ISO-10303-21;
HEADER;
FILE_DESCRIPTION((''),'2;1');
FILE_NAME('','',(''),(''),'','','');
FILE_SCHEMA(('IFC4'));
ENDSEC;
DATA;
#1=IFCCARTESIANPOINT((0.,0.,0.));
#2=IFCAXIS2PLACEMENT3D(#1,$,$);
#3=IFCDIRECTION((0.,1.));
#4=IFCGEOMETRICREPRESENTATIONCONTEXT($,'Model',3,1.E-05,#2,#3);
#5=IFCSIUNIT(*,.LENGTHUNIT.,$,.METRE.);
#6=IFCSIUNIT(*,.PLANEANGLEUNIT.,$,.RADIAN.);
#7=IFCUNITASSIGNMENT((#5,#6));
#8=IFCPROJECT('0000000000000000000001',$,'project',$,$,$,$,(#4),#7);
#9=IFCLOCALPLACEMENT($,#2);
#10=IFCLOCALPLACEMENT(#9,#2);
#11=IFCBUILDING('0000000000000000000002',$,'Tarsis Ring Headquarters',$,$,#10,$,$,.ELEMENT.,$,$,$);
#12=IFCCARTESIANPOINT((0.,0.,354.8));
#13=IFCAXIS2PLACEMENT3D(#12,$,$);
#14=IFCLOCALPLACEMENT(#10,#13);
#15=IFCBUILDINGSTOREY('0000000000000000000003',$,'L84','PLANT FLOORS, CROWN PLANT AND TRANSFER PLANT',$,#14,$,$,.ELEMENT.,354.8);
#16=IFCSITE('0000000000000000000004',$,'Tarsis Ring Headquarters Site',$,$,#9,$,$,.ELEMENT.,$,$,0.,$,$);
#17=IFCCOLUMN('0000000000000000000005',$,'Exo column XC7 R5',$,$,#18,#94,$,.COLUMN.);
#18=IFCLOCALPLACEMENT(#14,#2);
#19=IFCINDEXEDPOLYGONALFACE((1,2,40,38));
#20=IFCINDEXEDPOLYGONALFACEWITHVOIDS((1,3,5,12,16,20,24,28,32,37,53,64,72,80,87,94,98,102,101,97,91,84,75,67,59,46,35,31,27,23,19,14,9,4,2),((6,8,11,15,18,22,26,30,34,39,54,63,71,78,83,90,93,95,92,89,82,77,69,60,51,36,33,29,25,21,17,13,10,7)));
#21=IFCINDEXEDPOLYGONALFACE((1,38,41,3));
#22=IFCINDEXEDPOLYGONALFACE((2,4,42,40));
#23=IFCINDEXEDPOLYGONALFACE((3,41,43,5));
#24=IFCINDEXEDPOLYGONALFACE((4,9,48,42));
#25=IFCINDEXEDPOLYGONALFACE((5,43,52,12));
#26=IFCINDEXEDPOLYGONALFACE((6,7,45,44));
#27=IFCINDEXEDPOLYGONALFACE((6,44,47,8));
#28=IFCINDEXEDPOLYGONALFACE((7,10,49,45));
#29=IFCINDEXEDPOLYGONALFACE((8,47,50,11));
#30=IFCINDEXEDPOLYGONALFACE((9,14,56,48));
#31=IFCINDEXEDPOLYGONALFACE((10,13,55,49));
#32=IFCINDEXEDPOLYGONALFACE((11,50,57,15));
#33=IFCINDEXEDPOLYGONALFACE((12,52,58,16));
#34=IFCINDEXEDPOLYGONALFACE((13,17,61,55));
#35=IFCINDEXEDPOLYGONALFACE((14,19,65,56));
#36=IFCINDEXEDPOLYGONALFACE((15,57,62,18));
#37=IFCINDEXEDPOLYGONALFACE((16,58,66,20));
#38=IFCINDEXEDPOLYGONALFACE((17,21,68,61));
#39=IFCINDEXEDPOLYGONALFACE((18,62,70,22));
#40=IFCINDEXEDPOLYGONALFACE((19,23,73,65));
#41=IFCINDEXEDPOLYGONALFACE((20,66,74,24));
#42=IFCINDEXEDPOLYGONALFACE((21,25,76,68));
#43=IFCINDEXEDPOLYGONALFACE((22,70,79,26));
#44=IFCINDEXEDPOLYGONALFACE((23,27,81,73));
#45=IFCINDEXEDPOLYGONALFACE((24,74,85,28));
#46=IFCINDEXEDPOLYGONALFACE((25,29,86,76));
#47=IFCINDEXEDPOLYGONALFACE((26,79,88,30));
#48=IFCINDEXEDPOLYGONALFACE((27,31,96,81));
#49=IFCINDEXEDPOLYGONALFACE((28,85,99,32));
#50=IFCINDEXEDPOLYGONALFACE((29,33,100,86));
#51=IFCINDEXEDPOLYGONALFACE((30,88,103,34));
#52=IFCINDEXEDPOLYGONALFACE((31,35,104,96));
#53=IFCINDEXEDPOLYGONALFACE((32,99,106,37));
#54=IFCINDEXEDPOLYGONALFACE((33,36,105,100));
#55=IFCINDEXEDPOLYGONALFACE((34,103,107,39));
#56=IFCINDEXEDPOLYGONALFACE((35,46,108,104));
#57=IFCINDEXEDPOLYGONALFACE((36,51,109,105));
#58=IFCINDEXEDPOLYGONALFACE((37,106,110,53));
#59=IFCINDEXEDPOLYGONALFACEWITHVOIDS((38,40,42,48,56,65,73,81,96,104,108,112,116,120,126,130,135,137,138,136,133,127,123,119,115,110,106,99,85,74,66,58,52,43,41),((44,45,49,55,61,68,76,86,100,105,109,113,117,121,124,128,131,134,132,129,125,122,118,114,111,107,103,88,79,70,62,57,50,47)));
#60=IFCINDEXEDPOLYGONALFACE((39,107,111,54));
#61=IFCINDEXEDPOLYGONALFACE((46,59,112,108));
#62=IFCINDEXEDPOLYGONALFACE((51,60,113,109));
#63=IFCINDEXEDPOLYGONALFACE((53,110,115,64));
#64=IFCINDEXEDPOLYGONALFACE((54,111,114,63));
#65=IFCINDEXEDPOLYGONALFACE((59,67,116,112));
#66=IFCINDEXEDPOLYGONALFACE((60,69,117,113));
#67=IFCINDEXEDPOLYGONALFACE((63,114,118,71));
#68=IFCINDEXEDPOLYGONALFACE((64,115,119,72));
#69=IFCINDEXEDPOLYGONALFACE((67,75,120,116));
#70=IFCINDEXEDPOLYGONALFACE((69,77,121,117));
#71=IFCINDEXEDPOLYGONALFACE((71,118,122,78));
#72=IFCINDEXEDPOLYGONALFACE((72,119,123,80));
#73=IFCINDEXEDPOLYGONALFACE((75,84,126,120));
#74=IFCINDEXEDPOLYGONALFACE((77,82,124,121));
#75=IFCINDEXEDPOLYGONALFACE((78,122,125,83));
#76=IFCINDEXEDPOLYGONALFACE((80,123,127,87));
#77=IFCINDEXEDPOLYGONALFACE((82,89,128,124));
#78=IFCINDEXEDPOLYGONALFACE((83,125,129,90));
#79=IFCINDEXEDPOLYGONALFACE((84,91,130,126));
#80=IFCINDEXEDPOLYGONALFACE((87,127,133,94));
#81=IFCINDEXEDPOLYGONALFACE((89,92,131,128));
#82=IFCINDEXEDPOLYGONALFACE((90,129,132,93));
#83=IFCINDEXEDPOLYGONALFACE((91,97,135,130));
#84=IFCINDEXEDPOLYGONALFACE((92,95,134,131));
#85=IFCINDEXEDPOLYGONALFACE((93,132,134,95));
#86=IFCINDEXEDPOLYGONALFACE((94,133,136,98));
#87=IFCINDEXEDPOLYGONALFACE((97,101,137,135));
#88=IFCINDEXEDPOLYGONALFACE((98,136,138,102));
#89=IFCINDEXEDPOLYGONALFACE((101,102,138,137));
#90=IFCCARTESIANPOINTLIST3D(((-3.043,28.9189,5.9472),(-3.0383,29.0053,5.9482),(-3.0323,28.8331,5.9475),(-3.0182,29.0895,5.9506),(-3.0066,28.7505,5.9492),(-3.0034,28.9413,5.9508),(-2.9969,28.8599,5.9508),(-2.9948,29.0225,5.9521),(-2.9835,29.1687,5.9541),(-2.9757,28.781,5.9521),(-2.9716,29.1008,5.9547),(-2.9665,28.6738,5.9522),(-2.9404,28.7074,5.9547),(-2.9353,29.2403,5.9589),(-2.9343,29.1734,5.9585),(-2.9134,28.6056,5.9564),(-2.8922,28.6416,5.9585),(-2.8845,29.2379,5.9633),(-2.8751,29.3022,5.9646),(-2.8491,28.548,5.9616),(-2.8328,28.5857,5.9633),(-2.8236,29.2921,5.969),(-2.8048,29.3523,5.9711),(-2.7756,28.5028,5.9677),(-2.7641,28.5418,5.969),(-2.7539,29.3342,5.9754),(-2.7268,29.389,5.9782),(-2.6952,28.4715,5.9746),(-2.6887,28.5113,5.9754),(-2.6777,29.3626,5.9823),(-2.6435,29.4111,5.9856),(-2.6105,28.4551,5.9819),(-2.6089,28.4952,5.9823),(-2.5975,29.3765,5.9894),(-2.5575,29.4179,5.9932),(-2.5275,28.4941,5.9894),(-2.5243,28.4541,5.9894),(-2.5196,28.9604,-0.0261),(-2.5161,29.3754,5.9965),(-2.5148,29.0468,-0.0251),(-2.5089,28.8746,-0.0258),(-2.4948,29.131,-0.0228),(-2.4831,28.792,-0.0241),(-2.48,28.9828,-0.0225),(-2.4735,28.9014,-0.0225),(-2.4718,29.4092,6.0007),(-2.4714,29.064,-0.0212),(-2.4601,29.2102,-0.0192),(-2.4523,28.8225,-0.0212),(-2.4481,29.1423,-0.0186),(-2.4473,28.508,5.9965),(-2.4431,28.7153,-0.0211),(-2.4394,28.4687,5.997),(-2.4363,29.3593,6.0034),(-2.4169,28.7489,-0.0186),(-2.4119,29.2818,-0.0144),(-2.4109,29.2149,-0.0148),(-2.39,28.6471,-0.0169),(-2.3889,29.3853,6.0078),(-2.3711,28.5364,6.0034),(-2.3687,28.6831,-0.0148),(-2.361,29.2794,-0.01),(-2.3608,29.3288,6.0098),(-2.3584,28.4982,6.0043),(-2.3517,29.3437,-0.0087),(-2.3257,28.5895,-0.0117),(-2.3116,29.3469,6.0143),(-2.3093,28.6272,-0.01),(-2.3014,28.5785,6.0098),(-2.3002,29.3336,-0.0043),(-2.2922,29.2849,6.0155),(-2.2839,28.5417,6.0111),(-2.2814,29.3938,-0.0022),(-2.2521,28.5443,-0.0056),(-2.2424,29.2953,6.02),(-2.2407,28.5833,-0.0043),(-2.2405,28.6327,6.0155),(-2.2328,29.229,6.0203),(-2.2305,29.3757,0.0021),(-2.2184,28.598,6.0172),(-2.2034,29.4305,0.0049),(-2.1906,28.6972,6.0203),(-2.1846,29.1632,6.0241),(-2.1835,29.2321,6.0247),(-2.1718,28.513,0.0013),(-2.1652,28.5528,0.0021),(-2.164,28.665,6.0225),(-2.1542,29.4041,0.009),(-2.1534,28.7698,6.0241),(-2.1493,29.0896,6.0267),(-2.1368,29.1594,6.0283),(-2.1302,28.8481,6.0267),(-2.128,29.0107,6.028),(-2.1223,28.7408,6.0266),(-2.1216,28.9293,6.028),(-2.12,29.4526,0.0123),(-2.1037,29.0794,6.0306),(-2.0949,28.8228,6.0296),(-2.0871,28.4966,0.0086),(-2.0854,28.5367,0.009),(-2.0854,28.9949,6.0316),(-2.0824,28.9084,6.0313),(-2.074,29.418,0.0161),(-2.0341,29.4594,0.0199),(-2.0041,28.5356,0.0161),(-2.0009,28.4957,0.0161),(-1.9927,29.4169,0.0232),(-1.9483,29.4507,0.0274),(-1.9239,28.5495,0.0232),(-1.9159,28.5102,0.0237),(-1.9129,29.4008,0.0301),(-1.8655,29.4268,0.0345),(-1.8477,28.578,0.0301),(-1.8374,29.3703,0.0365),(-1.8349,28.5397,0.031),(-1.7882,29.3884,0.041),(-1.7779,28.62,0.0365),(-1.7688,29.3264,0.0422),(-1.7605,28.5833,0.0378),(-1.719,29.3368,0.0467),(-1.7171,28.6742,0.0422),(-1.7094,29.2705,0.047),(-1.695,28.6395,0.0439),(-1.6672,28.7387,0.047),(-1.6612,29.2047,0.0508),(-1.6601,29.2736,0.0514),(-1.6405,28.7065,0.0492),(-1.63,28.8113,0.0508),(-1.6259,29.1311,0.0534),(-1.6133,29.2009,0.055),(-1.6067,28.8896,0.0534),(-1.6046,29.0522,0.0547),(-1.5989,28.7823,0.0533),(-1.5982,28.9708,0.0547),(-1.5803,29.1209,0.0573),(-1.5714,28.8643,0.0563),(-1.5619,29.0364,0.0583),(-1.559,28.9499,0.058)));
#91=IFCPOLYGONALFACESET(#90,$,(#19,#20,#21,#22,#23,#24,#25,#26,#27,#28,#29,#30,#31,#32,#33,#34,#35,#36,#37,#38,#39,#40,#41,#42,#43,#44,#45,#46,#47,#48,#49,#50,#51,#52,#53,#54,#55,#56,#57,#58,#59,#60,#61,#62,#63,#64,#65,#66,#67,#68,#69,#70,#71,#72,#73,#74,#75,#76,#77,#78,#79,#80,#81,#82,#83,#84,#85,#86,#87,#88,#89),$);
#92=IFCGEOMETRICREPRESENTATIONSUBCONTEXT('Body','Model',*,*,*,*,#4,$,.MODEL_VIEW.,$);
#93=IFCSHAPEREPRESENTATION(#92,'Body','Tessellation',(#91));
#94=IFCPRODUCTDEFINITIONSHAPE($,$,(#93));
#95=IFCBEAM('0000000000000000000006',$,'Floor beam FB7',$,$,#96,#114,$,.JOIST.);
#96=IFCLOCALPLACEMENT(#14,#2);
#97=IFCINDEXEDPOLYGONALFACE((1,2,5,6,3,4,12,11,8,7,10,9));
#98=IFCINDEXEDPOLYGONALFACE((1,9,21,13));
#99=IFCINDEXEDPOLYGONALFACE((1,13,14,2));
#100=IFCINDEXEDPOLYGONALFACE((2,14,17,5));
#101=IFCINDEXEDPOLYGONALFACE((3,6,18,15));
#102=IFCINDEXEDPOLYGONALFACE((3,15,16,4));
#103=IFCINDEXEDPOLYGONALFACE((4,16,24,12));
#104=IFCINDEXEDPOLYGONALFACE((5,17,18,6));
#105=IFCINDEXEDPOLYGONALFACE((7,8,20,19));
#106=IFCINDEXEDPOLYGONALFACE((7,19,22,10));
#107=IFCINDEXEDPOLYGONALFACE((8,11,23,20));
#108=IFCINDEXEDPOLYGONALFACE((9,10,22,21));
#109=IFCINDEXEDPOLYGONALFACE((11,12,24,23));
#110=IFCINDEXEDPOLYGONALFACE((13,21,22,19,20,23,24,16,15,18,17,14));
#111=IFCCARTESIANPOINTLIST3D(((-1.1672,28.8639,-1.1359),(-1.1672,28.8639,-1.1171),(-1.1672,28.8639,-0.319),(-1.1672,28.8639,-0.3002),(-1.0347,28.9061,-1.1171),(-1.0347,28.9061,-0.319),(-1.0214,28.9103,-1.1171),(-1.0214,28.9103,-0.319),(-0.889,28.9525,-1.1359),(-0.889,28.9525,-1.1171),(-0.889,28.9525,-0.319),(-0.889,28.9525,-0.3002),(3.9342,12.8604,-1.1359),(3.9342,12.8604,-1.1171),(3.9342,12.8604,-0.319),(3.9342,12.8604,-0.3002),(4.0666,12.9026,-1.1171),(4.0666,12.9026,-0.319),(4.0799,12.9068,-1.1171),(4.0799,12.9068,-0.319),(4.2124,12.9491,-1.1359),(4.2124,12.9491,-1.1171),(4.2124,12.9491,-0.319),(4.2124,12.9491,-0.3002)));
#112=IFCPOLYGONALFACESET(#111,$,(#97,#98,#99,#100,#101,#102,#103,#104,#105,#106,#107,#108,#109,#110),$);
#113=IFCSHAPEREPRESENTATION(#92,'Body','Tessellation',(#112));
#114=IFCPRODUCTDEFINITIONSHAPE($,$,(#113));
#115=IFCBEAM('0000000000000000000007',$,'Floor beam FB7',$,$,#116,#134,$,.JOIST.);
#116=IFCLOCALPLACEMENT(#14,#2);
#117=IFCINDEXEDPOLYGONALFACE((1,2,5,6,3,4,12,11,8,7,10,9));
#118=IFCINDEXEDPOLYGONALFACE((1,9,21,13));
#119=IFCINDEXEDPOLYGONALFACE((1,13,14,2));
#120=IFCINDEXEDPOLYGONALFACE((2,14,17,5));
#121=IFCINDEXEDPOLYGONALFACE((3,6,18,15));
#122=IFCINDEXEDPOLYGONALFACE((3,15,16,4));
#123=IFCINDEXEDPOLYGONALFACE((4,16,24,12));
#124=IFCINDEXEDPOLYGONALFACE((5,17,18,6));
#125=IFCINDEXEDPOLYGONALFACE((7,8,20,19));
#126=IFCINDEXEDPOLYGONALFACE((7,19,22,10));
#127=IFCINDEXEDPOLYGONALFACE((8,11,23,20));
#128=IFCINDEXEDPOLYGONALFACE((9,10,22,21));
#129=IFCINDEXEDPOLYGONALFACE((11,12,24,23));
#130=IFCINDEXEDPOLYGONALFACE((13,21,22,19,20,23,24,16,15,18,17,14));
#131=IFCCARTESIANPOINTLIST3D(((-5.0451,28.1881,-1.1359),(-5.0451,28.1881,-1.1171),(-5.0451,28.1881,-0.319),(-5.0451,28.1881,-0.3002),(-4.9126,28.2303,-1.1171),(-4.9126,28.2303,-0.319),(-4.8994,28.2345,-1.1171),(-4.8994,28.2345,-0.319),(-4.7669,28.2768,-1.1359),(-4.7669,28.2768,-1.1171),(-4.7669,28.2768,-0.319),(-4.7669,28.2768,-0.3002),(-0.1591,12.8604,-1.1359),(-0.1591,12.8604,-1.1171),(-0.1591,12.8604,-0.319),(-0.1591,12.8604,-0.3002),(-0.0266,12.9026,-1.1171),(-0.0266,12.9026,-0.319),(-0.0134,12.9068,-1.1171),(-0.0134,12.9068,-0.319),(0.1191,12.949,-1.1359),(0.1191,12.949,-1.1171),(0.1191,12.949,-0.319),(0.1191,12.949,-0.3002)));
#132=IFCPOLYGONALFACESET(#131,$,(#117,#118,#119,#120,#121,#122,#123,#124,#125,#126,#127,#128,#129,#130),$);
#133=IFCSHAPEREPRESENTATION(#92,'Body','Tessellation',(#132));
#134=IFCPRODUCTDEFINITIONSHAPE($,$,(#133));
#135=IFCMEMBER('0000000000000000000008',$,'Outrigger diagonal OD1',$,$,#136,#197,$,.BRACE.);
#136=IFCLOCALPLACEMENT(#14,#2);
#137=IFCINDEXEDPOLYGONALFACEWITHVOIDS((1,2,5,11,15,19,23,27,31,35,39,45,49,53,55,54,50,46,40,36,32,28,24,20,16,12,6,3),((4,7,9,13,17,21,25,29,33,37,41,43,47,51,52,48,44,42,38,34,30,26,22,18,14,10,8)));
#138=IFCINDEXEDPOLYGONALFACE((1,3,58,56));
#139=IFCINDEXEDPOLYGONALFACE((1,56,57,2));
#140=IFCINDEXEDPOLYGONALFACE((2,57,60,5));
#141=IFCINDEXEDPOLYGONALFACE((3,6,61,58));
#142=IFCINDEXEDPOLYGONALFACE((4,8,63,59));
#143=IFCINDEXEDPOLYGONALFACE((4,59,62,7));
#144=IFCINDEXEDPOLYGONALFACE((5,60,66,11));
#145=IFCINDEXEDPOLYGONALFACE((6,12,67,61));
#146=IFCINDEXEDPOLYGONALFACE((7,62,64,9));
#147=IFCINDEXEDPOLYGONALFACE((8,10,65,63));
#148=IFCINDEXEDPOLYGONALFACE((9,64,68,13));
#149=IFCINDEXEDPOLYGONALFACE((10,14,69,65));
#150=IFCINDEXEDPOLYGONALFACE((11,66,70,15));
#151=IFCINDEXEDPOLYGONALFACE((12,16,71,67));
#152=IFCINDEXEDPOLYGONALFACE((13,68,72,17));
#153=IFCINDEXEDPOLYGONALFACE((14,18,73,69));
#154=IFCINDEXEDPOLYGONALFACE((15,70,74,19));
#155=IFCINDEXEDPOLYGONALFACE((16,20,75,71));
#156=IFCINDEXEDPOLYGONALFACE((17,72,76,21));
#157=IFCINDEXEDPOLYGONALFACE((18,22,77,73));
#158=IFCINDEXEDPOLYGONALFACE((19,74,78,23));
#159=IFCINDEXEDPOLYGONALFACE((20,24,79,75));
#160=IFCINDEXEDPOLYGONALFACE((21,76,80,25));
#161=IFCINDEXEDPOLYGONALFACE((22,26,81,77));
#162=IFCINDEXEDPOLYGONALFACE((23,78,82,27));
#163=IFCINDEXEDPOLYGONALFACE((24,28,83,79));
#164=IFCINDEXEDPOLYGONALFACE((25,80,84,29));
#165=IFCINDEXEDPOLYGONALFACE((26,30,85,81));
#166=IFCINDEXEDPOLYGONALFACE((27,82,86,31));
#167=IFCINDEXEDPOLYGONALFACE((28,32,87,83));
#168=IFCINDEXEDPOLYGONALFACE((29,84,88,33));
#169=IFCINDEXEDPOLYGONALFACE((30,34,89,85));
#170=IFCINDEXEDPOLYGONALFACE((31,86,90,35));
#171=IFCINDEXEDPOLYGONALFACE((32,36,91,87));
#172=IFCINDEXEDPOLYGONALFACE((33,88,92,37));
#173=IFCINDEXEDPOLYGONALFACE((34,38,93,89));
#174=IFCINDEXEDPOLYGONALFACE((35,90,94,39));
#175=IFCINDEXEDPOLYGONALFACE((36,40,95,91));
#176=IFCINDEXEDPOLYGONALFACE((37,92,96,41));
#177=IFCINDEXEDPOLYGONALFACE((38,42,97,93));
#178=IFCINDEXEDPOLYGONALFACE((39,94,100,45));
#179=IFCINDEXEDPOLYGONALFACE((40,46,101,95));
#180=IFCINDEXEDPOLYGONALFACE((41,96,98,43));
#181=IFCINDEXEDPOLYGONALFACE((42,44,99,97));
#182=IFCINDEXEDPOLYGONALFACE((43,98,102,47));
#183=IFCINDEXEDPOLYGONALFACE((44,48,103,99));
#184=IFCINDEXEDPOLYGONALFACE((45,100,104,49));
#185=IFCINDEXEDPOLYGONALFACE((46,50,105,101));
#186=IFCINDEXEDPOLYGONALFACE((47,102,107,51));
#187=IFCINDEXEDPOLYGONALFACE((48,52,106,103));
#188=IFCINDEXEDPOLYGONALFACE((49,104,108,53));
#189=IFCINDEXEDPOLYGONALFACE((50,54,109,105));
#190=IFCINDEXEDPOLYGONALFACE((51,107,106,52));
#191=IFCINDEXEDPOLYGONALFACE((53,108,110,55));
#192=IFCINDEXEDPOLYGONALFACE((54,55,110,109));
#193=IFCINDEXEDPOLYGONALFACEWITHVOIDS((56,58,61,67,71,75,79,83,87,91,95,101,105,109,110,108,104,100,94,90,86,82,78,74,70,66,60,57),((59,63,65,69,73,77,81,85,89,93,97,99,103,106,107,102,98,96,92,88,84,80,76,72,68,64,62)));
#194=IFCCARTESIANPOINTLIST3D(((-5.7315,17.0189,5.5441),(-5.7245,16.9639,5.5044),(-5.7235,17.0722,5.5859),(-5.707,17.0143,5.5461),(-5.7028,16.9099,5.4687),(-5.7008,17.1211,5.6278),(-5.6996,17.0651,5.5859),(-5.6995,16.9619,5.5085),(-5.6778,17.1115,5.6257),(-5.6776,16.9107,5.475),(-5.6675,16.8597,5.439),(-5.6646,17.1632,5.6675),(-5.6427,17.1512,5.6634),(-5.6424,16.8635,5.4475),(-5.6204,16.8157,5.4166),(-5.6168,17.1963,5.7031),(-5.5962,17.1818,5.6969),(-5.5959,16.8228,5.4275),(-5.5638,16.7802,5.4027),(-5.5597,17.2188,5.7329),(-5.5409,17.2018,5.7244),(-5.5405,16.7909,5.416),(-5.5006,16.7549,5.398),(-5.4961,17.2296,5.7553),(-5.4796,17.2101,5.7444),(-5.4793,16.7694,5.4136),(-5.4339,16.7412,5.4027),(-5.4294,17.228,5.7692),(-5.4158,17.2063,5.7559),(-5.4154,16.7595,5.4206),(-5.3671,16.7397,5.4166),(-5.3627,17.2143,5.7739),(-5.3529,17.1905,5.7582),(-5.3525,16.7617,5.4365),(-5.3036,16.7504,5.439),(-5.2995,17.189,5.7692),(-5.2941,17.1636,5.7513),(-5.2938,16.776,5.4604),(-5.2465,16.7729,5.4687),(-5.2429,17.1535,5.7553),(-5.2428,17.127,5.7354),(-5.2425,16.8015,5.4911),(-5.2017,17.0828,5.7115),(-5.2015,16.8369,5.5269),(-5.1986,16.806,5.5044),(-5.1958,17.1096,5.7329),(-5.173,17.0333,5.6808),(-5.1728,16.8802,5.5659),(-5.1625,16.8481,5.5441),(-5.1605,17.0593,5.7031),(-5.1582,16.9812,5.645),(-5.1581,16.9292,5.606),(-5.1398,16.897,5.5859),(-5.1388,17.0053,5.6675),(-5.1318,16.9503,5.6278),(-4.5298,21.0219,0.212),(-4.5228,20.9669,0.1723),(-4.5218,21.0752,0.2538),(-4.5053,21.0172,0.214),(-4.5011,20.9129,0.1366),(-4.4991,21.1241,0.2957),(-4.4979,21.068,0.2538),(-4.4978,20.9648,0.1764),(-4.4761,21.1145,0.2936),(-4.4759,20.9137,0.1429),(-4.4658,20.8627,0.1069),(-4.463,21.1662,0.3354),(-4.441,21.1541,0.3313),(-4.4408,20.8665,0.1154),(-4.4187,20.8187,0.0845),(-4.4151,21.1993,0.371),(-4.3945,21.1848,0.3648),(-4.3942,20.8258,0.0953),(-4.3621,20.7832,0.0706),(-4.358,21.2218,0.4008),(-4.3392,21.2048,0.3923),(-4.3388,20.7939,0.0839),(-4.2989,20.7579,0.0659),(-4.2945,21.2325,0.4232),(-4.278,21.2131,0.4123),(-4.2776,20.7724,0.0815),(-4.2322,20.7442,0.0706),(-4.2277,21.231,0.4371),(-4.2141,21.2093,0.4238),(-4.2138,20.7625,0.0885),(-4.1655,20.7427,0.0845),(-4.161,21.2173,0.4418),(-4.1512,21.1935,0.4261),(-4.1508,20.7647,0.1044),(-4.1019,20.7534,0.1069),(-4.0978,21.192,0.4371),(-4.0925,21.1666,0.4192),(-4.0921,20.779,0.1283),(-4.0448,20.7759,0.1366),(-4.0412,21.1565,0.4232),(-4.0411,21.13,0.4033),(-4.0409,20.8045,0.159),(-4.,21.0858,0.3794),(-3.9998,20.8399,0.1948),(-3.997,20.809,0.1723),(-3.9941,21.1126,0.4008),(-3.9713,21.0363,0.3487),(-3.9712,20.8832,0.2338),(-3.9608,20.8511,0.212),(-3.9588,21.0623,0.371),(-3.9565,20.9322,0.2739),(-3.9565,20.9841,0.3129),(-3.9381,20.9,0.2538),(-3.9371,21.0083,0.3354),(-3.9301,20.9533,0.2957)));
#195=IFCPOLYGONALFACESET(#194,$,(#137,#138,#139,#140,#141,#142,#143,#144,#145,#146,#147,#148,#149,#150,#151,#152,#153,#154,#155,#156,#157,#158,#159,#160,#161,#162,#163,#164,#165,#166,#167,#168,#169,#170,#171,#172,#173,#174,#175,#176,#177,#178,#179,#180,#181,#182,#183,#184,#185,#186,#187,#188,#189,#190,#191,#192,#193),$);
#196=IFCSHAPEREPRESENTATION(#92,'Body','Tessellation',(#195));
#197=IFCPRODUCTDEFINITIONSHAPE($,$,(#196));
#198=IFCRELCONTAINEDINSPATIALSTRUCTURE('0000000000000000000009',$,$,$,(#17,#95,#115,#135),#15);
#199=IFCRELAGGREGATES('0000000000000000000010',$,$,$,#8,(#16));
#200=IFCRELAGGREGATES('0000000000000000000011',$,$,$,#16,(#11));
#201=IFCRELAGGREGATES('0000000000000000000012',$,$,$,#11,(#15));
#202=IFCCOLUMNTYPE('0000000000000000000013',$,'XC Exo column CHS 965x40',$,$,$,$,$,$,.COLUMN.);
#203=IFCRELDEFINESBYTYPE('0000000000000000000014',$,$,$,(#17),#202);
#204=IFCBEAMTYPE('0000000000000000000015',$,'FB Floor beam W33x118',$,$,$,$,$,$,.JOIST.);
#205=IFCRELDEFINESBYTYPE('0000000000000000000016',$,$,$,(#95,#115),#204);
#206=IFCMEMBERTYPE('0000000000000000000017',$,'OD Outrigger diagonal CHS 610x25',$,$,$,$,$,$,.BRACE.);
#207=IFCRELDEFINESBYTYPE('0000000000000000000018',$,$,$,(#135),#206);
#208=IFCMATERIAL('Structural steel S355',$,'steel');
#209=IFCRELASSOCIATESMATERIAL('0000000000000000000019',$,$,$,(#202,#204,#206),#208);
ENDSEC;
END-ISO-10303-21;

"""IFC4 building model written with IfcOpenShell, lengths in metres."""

from ifc_helpers import new_model, si_unit, direction, frame, origin, origin_2d, place, context, subcontext, project, spatial, hollow_circle, i_section, extrude, material, material_profile, profile_set, type_object, element, save


model = new_model("IFC4")

# Units and contexts
model_context = context("Model", 3, precision=1e-05, world=origin(), true_north=direction((0.0, 1.0)))
body_context = subcontext(model_context, "Body", "Model", "MODEL_VIEW")
ifc_project = project(units=[si_unit("LENGTHUNIT", "METRE"), si_unit("PLANEANGLEUNIT", "RADIAN")], contexts=[model_context])

# Site, building, storey
site_placement = place(None, origin())
site = spatial("IfcSite", under=ifc_project, at=site_placement, Name="Tarsis Ring Headquarters Site", CompositionType="ELEMENT", RefElevation=0.0)
building_placement = place(site_placement, origin())
building = spatial("IfcBuilding", under=site, at=building_placement, Name="Tarsis Ring Headquarters", CompositionType="ELEMENT")
storey_placement = place(building_placement, frame((0.0, 0.0, 354.8)))
storey = spatial("IfcBuildingStorey", under=building, at=storey_placement, Name="L84", Description="PLANT FLOORS, CROWN PLANT AND TRANSFER PLANT", CompositionType="ELEMENT", Elevation=354.8)

# Column
ifc_material_1 = material(Name="Structural steel S355", Category="steel")
ifc_material_profile_1 = material_profile(ifc_material_1, hollow_circle(Radius=0.4827, WallThickness=0.04, at=origin_2d()), Name="CHS 965x40")
ifc_profile_set_1 = profile_set([ifc_material_profile_1], Name="Structural steel S355")
column_type = type_object("IfcColumnType", Name="XC Exo column CHS 965x40", PredefinedType="COLUMN", material=ifc_profile_set_1)
column_placement = place(storey_placement, frame((-2.0391, 28.9768, 0.0161), z_axis=(-0.087292, -0.006921, 0.996159), x_axis=(0.079043, -0.996871, 0.0)))
element("IfcColumn", 1, at=column_placement, inside=storey, type_object=column_type, Name="Exo column XC7 R5", PredefinedType="COLUMN", context=body_context, shape_type="SweptSolid", body=[
    extrude(hollow_circle(Radius=0.4827, WallThickness=0.04, at=origin_2d()), origin(), (0.0, 0.0, 1.0), 5.9963),
])

# Beams
ifc_material_profile_2 = material_profile(ifc_material_1, i_section(OverallWidth=0.292, OverallDepth=0.8357, WebThickness=0.0139, FlangeThickness=0.0188, at=origin_2d()), Name="W33x118")
ifc_profile_set_2 = profile_set([ifc_material_profile_2], Name="Structural steel S355")
beam_type_1 = type_object("IfcBeamType", Name="FB Floor beam W33x118", PredefinedType="JOIST", material=ifc_profile_set_2)
beam_1_placement = place(storey_placement, frame((-1.0281, 28.9082, -0.718), z_axis=(0.303708, -0.952765, 0.0), x_axis=(0.952765, 0.303708, 0.0)))
element("IfcBeam", 2, at=beam_1_placement, inside=storey, type_object=beam_type_1, Name="Floor beam FB7", PredefinedType="JOIST", context=body_context, shape_type="SweptSolid", body=[
    extrude(i_section(OverallWidth=0.292, OverallDepth=0.8357, WebThickness=0.0139, FlangeThickness=0.0188, at=origin_2d()), origin(), (0.0, 0.0, 1.0), 16.7969),
])
beam_2_placement = place(storey_placement, frame((-4.906, 28.2324, -0.718), z_axis=(0.303712, -0.952764, 0.0), x_axis=(0.952764, 0.303712, 0.0)))
element("IfcBeam", 3, at=beam_2_placement, inside=storey, type_object=beam_type_1, Name="Floor beam FB7", PredefinedType="JOIST", context=body_context, shape_type="SweptSolid", body=[
    extrude(i_section(OverallWidth=0.292, OverallDepth=0.8357, WebThickness=0.0139, FlangeThickness=0.0188, at=origin_2d()), origin(), (0.0, 0.0, 1.0), 16.0876),
])

# Member
ifc_material_profile_3 = material_profile(ifc_material_1, hollow_circle(Radius=0.3047, WallThickness=0.0249, at=origin_2d()), Name="CHS 610x25")
ifc_profile_set_3 = profile_set([ifc_material_profile_3], Name="Structural steel S355")
member_type_1 = type_object("IfcMemberType", Name="OD Outrigger diagonal CHS 610x25", PredefinedType="BRACE", material=ifc_profile_set_3)
member_1_placement = place(storey_placement, frame((-5.4316, 16.9846, 5.5859), z_axis=(0.177372, 0.590855, -0.787038), x_axis=(-0.957775, 0.287519, 0.0)))
element("IfcMember", 4, at=member_1_placement, inside=storey, type_object=member_type_1, Name="Outrigger diagonal OD1", PredefinedType="BRACE", context=body_context, shape_type="SweptSolid", body=[
    extrude(hollow_circle(Radius=0.3047, WallThickness=0.0249, at=origin_2d()), origin(), (0.0, 0.0, 1.0), 6.7749),
])

save(model, "model.ifc")
